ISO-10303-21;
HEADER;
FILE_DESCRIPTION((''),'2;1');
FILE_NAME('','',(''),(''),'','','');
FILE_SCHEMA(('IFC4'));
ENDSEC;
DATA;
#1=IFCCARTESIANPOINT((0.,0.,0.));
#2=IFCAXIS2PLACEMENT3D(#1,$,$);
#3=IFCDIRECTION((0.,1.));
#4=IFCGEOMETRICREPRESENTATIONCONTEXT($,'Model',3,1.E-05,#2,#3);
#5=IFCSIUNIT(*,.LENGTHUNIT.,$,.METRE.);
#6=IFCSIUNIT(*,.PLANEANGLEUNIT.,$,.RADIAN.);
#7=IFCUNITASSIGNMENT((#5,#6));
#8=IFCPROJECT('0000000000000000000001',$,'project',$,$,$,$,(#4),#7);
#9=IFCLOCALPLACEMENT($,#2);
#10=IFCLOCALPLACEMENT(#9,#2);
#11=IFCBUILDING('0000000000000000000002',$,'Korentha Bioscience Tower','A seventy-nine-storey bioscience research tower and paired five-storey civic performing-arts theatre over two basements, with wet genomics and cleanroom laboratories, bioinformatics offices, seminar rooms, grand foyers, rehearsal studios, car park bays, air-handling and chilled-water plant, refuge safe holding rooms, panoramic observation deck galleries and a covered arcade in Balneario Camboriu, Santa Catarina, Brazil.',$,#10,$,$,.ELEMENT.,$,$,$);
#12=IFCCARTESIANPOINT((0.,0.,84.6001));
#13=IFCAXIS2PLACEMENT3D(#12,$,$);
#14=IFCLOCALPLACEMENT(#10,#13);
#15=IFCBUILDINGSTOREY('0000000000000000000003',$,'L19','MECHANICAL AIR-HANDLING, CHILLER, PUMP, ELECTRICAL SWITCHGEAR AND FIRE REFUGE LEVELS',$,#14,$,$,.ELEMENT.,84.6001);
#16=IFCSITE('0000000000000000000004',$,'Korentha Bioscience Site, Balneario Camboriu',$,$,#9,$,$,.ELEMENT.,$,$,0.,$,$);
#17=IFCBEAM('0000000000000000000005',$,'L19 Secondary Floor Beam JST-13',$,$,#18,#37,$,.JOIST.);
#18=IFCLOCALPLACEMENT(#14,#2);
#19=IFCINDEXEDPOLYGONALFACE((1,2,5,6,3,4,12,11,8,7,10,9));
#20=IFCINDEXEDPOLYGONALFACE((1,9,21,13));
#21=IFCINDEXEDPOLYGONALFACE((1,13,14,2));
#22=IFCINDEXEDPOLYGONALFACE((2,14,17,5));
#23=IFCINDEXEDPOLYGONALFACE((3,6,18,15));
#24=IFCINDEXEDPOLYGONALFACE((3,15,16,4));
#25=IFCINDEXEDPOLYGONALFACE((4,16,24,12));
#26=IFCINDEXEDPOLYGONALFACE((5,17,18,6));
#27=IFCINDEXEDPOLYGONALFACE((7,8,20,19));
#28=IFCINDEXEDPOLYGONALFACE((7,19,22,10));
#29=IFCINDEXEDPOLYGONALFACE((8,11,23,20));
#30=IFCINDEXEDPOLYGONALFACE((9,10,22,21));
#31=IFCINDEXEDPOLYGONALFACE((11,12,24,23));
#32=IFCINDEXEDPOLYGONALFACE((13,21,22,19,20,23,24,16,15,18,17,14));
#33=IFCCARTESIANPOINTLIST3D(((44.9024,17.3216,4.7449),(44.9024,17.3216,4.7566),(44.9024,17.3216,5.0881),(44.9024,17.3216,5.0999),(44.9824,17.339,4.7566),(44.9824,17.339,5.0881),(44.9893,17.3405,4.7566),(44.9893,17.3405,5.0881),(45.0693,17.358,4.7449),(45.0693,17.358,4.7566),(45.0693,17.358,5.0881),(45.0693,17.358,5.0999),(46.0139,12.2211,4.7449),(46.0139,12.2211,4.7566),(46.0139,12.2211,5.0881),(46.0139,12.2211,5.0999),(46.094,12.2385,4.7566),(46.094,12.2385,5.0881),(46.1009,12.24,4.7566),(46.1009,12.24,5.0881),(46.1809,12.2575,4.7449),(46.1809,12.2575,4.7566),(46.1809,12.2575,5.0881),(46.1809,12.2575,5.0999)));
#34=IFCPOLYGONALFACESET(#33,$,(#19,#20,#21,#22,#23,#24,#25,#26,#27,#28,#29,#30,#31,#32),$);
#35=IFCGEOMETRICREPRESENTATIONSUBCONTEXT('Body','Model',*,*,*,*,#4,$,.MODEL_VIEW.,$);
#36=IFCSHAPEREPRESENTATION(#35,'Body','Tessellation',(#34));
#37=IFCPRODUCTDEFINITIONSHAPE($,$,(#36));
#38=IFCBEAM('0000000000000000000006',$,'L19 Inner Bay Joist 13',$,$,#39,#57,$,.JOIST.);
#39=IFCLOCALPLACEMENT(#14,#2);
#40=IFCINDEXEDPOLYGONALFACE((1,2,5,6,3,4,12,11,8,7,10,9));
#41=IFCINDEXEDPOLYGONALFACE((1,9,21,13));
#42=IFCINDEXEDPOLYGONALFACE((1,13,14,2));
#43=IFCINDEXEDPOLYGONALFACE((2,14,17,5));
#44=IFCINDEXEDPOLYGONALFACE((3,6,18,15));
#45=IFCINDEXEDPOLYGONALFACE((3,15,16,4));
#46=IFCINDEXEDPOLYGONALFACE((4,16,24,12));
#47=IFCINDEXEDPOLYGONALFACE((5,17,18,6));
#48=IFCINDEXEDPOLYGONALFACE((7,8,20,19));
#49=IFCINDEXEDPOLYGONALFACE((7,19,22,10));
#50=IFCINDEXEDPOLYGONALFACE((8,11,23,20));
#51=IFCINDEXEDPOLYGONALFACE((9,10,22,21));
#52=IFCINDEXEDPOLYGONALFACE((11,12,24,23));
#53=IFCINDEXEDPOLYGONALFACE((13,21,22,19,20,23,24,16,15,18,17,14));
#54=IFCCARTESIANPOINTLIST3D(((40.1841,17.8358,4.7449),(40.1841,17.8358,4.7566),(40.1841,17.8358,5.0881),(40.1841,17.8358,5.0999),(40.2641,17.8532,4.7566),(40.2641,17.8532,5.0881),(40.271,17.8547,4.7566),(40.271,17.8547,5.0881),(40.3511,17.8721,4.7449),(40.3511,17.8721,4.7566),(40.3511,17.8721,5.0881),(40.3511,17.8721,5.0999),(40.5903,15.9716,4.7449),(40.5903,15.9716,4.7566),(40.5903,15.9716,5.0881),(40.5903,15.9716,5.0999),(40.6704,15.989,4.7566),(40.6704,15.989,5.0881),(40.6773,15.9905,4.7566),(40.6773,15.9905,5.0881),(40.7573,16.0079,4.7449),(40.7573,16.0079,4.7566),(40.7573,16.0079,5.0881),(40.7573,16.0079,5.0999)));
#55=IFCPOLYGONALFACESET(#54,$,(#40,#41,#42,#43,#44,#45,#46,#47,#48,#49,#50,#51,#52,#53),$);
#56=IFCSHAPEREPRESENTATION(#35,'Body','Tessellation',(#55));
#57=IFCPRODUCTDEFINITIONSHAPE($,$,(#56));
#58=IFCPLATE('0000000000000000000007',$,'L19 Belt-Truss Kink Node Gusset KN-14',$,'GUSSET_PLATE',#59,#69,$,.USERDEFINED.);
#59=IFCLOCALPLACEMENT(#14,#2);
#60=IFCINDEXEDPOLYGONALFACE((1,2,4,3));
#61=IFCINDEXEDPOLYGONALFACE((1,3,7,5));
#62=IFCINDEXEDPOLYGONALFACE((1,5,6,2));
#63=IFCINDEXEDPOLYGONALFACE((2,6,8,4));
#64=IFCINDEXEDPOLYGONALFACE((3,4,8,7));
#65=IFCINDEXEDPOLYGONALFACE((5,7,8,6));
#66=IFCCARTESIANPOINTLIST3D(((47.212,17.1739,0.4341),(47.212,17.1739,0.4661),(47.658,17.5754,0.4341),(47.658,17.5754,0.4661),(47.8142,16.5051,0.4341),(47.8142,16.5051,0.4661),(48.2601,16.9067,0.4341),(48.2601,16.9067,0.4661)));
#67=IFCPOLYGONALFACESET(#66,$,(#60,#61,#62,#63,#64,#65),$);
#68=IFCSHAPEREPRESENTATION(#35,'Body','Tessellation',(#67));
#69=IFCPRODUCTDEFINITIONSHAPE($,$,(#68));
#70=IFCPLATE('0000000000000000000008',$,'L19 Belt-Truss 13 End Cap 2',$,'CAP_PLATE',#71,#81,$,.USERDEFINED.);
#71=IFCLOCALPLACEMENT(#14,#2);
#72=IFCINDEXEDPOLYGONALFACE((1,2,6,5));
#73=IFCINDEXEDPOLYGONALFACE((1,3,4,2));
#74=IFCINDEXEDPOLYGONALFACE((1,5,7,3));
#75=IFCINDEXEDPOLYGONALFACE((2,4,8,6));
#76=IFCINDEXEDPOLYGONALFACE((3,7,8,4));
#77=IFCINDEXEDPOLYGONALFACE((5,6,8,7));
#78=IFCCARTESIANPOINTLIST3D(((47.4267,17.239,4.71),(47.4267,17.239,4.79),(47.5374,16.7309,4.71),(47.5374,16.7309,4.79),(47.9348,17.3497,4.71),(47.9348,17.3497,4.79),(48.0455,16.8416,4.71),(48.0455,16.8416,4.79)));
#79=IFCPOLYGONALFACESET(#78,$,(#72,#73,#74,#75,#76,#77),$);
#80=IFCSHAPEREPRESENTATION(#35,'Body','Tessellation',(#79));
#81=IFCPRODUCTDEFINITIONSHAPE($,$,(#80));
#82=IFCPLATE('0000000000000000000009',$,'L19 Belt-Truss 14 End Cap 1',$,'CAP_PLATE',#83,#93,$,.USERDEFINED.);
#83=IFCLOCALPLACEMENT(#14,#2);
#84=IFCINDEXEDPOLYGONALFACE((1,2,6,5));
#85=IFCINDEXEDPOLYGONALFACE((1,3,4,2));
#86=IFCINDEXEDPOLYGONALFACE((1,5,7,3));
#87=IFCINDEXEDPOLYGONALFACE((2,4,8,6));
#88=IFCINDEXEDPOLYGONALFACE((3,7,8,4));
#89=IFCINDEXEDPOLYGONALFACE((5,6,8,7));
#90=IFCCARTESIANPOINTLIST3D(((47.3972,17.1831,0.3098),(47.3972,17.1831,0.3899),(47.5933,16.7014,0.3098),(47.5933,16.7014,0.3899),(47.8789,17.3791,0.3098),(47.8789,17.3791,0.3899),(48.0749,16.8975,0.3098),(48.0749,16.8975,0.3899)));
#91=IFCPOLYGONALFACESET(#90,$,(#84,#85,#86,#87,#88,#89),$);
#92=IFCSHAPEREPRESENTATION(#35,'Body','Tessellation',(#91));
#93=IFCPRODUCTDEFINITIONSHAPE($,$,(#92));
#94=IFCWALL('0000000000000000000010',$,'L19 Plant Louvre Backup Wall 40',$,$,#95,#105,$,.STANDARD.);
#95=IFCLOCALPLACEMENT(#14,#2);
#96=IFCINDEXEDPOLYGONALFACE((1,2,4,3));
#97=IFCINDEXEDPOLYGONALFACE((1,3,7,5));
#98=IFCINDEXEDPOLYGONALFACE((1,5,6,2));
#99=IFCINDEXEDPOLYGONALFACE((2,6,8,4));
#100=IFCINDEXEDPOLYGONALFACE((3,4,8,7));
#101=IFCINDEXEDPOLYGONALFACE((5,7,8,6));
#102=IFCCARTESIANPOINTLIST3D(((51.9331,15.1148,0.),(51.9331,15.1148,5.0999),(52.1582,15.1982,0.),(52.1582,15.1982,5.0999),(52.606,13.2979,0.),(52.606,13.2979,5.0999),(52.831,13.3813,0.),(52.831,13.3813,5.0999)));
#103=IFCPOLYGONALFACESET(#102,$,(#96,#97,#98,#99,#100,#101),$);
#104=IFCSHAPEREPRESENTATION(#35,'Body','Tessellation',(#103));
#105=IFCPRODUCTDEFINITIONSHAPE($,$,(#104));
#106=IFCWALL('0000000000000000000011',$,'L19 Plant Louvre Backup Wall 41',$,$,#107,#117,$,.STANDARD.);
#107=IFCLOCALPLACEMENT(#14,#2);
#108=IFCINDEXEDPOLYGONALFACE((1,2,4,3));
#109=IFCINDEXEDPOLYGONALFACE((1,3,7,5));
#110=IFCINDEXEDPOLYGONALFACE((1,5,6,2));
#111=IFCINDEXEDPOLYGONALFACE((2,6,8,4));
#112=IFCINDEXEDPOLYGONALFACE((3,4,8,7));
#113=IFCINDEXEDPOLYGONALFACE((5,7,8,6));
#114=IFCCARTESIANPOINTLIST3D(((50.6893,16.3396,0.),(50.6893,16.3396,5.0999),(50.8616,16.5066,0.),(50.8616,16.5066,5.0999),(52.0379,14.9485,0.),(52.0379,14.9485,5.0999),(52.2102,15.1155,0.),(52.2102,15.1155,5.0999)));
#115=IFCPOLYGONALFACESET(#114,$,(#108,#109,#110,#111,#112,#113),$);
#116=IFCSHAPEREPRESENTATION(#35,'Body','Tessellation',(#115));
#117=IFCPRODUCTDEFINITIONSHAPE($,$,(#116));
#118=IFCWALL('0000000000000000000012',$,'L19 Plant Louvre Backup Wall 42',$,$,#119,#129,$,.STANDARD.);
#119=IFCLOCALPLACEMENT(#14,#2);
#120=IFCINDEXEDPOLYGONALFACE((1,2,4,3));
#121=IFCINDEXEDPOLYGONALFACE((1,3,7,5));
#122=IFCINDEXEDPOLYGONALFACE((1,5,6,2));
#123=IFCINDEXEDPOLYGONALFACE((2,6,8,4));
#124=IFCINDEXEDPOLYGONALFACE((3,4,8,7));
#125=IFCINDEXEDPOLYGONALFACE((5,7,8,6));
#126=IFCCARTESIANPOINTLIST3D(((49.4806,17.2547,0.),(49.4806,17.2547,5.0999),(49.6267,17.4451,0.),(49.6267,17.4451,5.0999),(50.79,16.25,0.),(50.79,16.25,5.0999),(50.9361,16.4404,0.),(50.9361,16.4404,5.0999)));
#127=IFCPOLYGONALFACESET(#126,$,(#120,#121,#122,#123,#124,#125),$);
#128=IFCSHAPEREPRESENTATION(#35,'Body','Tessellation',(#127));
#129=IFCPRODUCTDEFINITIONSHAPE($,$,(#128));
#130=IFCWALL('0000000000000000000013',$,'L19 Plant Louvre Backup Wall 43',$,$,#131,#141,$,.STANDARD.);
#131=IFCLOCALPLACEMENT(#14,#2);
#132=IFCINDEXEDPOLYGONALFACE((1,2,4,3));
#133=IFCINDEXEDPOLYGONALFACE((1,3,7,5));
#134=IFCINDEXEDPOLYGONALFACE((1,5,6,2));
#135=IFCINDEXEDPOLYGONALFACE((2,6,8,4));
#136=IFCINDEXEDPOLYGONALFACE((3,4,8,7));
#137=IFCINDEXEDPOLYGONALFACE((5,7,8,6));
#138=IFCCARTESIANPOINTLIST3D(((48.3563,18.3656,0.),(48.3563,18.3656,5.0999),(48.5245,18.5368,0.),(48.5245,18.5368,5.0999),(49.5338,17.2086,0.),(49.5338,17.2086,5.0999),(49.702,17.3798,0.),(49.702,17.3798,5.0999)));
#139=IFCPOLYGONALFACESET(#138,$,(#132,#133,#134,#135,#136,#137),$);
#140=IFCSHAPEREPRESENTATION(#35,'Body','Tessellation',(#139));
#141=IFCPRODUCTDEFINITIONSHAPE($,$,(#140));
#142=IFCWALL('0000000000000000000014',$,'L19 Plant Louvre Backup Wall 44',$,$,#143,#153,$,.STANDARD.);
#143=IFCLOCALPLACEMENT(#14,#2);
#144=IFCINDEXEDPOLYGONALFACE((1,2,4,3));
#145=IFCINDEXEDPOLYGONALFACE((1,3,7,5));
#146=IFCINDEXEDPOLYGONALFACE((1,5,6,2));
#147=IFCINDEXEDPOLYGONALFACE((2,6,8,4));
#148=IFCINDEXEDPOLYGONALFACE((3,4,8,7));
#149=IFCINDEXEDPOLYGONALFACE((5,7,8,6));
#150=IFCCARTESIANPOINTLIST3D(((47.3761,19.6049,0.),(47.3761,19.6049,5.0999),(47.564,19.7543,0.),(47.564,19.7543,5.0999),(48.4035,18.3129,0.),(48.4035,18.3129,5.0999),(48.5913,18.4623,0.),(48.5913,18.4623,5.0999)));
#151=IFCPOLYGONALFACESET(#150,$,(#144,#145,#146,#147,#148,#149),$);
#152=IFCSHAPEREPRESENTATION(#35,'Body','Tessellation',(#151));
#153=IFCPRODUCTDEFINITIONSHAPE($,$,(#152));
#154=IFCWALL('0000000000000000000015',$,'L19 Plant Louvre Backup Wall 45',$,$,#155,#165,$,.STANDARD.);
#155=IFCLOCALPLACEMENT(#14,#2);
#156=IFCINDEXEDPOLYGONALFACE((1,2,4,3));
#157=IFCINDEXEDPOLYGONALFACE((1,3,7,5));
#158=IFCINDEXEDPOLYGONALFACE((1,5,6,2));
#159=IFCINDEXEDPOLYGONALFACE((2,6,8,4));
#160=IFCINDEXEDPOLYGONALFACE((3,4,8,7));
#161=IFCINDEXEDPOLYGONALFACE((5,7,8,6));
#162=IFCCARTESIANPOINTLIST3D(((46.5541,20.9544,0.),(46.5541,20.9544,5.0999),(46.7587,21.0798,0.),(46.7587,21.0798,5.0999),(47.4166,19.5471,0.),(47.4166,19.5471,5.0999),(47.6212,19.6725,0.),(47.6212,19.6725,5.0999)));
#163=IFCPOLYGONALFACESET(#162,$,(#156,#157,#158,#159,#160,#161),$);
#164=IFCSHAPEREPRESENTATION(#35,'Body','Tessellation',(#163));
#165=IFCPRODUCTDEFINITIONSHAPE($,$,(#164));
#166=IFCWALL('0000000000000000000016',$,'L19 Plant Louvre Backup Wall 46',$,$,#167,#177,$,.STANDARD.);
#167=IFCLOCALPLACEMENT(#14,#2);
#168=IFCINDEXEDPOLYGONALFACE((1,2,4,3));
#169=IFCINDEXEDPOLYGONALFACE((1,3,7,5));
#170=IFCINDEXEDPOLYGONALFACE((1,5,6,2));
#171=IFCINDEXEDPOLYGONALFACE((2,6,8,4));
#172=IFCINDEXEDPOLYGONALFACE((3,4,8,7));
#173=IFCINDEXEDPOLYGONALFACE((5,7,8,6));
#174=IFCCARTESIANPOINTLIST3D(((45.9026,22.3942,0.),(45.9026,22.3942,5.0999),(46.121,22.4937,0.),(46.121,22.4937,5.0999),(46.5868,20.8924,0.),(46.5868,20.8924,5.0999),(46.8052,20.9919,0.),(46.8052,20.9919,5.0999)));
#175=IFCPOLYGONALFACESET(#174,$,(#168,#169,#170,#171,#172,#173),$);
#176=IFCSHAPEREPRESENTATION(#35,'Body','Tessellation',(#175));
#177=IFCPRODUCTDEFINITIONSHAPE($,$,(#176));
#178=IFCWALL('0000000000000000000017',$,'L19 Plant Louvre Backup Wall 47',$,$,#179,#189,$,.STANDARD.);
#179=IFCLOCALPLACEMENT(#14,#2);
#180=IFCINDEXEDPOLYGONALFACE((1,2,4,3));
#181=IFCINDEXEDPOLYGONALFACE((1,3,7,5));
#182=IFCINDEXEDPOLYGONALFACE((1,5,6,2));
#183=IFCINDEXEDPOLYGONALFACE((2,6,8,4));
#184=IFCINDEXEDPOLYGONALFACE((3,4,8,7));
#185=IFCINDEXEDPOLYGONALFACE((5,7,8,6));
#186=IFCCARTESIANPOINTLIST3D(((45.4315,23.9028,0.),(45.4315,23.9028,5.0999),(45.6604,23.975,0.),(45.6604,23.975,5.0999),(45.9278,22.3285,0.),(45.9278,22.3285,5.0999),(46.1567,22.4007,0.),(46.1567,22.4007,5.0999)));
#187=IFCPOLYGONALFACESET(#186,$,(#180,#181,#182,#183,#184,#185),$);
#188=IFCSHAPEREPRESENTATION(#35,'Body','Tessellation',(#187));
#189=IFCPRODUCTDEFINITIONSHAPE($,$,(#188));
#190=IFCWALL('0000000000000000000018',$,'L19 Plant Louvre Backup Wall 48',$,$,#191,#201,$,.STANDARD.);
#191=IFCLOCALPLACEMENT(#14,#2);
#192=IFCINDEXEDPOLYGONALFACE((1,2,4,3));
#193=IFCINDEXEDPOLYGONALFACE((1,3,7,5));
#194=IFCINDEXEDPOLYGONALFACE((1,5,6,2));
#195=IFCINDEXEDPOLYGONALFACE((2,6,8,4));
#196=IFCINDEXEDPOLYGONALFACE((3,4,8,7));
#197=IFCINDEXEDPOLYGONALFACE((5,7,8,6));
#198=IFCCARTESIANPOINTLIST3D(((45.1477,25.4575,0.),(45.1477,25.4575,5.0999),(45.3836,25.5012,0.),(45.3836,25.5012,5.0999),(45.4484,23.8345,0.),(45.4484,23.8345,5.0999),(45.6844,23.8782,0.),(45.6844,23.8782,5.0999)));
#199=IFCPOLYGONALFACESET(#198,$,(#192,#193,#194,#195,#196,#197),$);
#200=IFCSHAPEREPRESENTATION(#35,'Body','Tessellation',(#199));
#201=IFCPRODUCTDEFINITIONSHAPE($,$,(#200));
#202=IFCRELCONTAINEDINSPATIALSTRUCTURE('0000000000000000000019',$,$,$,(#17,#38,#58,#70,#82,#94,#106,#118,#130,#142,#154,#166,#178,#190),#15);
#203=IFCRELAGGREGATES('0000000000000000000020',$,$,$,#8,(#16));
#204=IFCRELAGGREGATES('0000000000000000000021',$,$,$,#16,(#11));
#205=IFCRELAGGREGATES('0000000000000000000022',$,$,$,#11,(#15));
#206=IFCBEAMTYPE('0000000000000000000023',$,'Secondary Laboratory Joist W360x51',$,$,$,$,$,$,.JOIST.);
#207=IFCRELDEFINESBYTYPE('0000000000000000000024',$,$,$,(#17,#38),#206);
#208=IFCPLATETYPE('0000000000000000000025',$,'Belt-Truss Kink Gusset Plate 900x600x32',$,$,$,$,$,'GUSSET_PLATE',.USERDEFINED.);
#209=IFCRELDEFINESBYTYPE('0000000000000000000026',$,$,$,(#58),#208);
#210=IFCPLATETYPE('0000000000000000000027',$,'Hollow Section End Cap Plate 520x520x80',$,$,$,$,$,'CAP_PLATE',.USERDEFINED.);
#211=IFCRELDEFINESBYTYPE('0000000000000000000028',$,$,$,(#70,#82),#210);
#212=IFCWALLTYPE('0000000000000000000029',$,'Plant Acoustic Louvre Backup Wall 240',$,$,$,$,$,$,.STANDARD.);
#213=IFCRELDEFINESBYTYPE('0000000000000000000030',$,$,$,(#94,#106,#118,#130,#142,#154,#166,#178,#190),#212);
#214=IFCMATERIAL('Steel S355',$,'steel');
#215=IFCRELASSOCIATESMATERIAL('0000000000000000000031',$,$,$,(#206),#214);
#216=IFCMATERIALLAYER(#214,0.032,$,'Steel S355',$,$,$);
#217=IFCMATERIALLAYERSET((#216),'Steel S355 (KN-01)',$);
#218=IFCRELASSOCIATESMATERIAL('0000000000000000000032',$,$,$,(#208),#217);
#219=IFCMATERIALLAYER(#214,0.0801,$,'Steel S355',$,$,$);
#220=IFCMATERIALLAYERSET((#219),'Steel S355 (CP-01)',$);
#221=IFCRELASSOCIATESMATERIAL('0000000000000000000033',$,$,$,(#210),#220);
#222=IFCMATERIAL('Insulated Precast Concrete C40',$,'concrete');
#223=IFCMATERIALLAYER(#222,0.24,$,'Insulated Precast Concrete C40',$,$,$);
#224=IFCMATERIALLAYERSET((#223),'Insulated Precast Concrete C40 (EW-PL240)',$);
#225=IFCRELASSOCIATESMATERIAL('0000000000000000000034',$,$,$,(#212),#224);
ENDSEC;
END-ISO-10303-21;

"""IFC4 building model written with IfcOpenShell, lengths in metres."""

from ifc_helpers import new_model, si_unit, direction, frame, frame_2d, origin, origin_2d, place, context, subcontext, project, spatial, rectangle, i_section, extrude, material, layer, layer_set, material_profile, profile_set, type_object, element, save


model = new_model("IFC4")

# Units and contexts
model_context = context("Model", 3, precision=1e-05, world=origin(), true_north=direction((0.0, 1.0)))
body_context = subcontext(model_context, "Body", "Model", "MODEL_VIEW")
ifc_project = project(units=[si_unit("LENGTHUNIT", "METRE"), si_unit("PLANEANGLEUNIT", "RADIAN")], contexts=[model_context])

# Site, building, storey
site_placement = place(None, origin())
site = spatial("IfcSite", under=ifc_project, at=site_placement, Name="Korentha Bioscience Site, Balneario Camboriu", CompositionType="ELEMENT", RefElevation=0.0)
building_placement = place(site_placement, origin())
building = spatial("IfcBuilding", under=site, at=building_placement, Name="Korentha Bioscience Tower", Description="A seventy-nine-storey bioscience research tower and paired five-storey civic performing-arts theatre over two basements, with wet genomics and cleanroom laboratories, bioinformatics offices, seminar rooms, grand foyers, rehearsal studios, car park bays, air-handling and chilled-water plant, refuge safe holding rooms, panoramic observation deck galleries and a covered arcade in Balneario Camboriu, Santa Catarina, Brazil.", CompositionType="ELEMENT")
storey_placement = place(building_placement, frame((0.0, 0.0, 84.6001)))
storey = spatial("IfcBuildingStorey", under=building, at=storey_placement, Name="L19", Description="MECHANICAL AIR-HANDLING, CHILLER, PUMP, ELECTRICAL SWITCHGEAR AND FIRE REFUGE LEVELS", CompositionType="ELEMENT", Elevation=84.6001)

# Shared definitions
ifc_material_1 = material(Name="Steel S355", Category="steel")

# Beams
ifc_material_profile_1 = material_profile(ifc_material_1, i_section(OverallWidth=0.1709, OverallDepth=0.355, WebThickness=0.0071, FlangeThickness=0.0117, at=origin_2d()), Name="Steel S355")
ifc_profile_set_1 = profile_set([ifc_material_profile_1], Name="Steel S355 (JB-360)")
beam_type_1 = type_object("IfcBeamType", Name="Secondary Laboratory Joist W360x51", PredefinedType="JOIST", material=ifc_profile_set_1)
beam_1_placement = place(storey_placement, frame((46.0974, 12.2393, 4.9224), z_axis=(-0.212932, 0.977067, 0.0), x_axis=(-0.977067, -0.212932, 0.0)))
element("IfcBeam", 1, at=beam_1_placement, inside=storey, type_object=beam_type_1, Name="L19 Secondary Floor Beam JST-13", PredefinedType="JOIST", context=body_context, shape_type="SweptSolid", body=[
    extrude(i_section(OverallWidth=0.1709, OverallDepth=0.355, WebThickness=0.0071, FlangeThickness=0.0117, at=origin_2d()), origin(), (0.0, 0.0, 1.0), 5.2202),
])
beam_2_placement = place(storey_placement, frame((40.6738, 15.9897, 4.9224), z_axis=(-0.212918, 0.97707, 0.0), x_axis=(-0.97707, -0.212918, 0.0)))
element("IfcBeam", 2, at=beam_2_placement, inside=storey, type_object=beam_type_1, Name="L19 Inner Bay Joist 13", PredefinedType="JOIST", context=body_context, shape_type="SweptSolid", body=[
    extrude(i_section(OverallWidth=0.1709, OverallDepth=0.355, WebThickness=0.0071, FlangeThickness=0.0117, at=origin_2d()), origin(), (0.0, 0.0, 1.0), 1.908),
])

# Plates
ifc_layer_1 = layer(ifc_material_1, 0.032, Name="Steel S355")
ifc_layer_set_1 = layer_set([ifc_layer_1], Name="Steel S355 (KN-01)")
plate_type_1 = type_object("IfcPlateType", Name="Belt-Truss Kink Gusset Plate 900x600x32", ElementType="GUSSET_PLATE", PredefinedType="USERDEFINED", material=ifc_layer_set_1)
plate_placement = place(storey_placement, frame((47.7361, 17.0403, 0.4341), z_axis=(0.0, 0.0, 1.0), x_axis=(-0.669131, 0.743145, 0.0)))
element("IfcPlate", 3, at=plate_placement, inside=storey, type_object=plate_type_1, Name="L19 Belt-Truss Kink Node Gusset KN-14", ObjectType="GUSSET_PLATE", PredefinedType="USERDEFINED", context=body_context, shape_type="SweptSolid", body=[
    extrude(rectangle(XDim=0.8999, YDim=0.6001, at=origin_2d()), origin(), (0.0, 0.0, 1.0), 0.032),
])
ifc_layer_2 = layer(ifc_material_1, 0.0801, Name="Steel S355")
ifc_layer_set_2 = layer_set([ifc_layer_2], Name="Steel S355 (CP-01)")
plate_type_2 = type_object("IfcPlateType", Name="Hollow Section End Cap Plate 520x520x80", ElementType="CAP_PLATE", PredefinedType="USERDEFINED", material=ifc_layer_set_2)
for number, where, z_axis, x_axis, name in (
    (4, (47.7361, 17.0403, 4.71), (0.0, 0.0, 1.0), (-0.21286, 0.977083, 0.0), "L19 Belt-Truss 13 End Cap 2"),
    (5, (47.7361, 17.0403, 0.3098), (0.0, 0.0, 1.0), (-0.377033, 0.9262, 0.0), "L19 Belt-Truss 14 End Cap 1"),
):
    element("IfcPlate", number, at=place(storey_placement, frame(where, z_axis=z_axis, x_axis=x_axis)), inside=storey, type_object=plate_type_2, Name=name, ObjectType="CAP_PLATE", PredefinedType="USERDEFINED", context=body_context, shape_type="SweptSolid", body=[
        extrude(rectangle(XDim=0.52, YDim=0.52, at=origin_2d()), origin(), (0.0, 0.0, 1.0), 0.0801),
    ])

# Walls
ifc_material_2 = material(Name="Insulated Precast Concrete C40", Category="concrete")
ifc_layer_3 = layer(ifc_material_2, 0.24, Name="Insulated Precast Concrete C40")
ifc_layer_set_3 = layer_set([ifc_layer_3], Name="Insulated Precast Concrete C40 (EW-PL240)")
wall_type = type_object("IfcWallType", Name="Plant Acoustic Louvre Backup Wall 240", PredefinedType="STANDARD", material=ifc_layer_set_3)
for number, where, z_axis, x_axis, name in (
    (6, (52.7185, 13.3396, 0.0), (0.0, 0.0, 1.0), (-0.347282, 0.937761, 0.0), "L19 Plant Louvre Backup Wall 40"),
    (7, (52.124, 15.032, 0.0), (0.0, 0.0, 1.0), (-0.696059, 0.717984, 0.0), "L19 Plant Louvre Backup Wall 41"),
):
    element("IfcWall", number, at=place(storey_placement, frame(where, z_axis=z_axis, x_axis=x_axis)), inside=storey, type_object=wall_type, Name=name, PredefinedType="STANDARD", context=body_context, shape_type="SweptSolid", body=[
        extrude(rectangle(XDim=1.9375, YDim=0.24, at=frame_2d((0.9688, 0.0))), origin(), (0.0, 0.0, 1.0), 5.0999),
    ])
wall_1_placement = place(storey_placement, frame((50.863, 16.3452, 0.0), z_axis=(0.0, 0.0, 1.0), x_axis=(-0.793366, 0.608745, 0.0)))
element("IfcWall", 8, at=wall_1_placement, inside=storey, type_object=wall_type, Name="L19 Plant Louvre Backup Wall 42", PredefinedType="STANDARD", context=body_context, shape_type="SweptSolid", body=[
    extrude(rectangle(XDim=1.6504, YDim=0.24, at=frame_2d((0.8252, 0.0))), origin(), (0.0, 0.0, 1.0), 5.0999),
])
wall_2_placement = place(storey_placement, frame((49.6179, 17.2942, 0.0), z_axis=(0.0, 0.0, 1.0), x_axis=(-0.713291, 0.700868, 0.0)))
element("IfcWall", 9, at=wall_2_placement, inside=storey, type_object=wall_type, Name="L19 Plant Louvre Backup Wall 43", PredefinedType="STANDARD", context=body_context, shape_type="SweptSolid", body=[
    extrude(rectangle(XDim=1.6509, YDim=0.24, at=frame_2d((0.8254, 0.0))), origin(), (0.0, 0.0, 1.0), 5.0999),
])
for number, where, z_axis, x_axis, name in (
    (10, (48.4973, 18.3877, 0.0), (0.0, 0.0, 1.0), (-0.622384, 0.782712, 0.0), "L19 Plant Louvre Backup Wall 44"),
    (11, (47.5188, 19.6099, 0.0), (0.0, 0.0, 1.0), (-0.52252, 0.852627, 0.0), "L19 Plant Louvre Backup Wall 45"),
):
    element("IfcWall", number, at=place(storey_placement, frame(where, z_axis=z_axis, x_axis=x_axis)), inside=storey, type_object=wall_type, Name=name, PredefinedType="STANDARD", context=body_context, shape_type="SweptSolid", body=[
        extrude(rectangle(XDim=1.6506, YDim=0.24, at=frame_2d((0.8252, 0.0))), origin(), (0.0, 0.0, 1.0), 5.0999),
    ])
wall_3_placement = place(storey_placement, frame((46.696, 20.9421, 0.0), z_axis=(0.0, 0.0, 1.0), x_axis=(-0.414616, 0.909996, 0.0)))
element("IfcWall", 12, at=wall_3_placement, inside=storey, type_object=wall_type, Name="L19 Plant Louvre Backup Wall 46", PredefinedType="STANDARD", context=body_context, shape_type="SweptSolid", body=[
    extrude(rectangle(XDim=1.6504, YDim=0.24, at=frame_2d((0.8252, 0.0))), origin(), (0.0, 0.0, 1.0), 5.0999),
])
for number, where, z_axis, x_axis, name in (
    (13, (46.0422, 22.3647, 0.0), (0.0, 0.0, 1.0), (-0.3007, 0.953719, 0.0), "L19 Plant Louvre Backup Wall 47"),
    (14, (45.5664, 23.8564, 0.0), (0.0, 0.0, 1.0), (-0.182216, 0.983258, 0.0), "L19 Plant Louvre Backup Wall 48"),
):
    element("IfcWall", number, at=place(storey_placement, frame(where, z_axis=z_axis, x_axis=x_axis)), inside=storey, type_object=wall_type, Name=name, PredefinedType="STANDARD", context=body_context, shape_type="SweptSolid", body=[
        extrude(rectangle(XDim=1.6506, YDim=0.24, at=frame_2d((0.8252, 0.0))), origin(), (0.0, 0.0, 1.0), 5.0999),
    ])

save(model, "model.ifc")
